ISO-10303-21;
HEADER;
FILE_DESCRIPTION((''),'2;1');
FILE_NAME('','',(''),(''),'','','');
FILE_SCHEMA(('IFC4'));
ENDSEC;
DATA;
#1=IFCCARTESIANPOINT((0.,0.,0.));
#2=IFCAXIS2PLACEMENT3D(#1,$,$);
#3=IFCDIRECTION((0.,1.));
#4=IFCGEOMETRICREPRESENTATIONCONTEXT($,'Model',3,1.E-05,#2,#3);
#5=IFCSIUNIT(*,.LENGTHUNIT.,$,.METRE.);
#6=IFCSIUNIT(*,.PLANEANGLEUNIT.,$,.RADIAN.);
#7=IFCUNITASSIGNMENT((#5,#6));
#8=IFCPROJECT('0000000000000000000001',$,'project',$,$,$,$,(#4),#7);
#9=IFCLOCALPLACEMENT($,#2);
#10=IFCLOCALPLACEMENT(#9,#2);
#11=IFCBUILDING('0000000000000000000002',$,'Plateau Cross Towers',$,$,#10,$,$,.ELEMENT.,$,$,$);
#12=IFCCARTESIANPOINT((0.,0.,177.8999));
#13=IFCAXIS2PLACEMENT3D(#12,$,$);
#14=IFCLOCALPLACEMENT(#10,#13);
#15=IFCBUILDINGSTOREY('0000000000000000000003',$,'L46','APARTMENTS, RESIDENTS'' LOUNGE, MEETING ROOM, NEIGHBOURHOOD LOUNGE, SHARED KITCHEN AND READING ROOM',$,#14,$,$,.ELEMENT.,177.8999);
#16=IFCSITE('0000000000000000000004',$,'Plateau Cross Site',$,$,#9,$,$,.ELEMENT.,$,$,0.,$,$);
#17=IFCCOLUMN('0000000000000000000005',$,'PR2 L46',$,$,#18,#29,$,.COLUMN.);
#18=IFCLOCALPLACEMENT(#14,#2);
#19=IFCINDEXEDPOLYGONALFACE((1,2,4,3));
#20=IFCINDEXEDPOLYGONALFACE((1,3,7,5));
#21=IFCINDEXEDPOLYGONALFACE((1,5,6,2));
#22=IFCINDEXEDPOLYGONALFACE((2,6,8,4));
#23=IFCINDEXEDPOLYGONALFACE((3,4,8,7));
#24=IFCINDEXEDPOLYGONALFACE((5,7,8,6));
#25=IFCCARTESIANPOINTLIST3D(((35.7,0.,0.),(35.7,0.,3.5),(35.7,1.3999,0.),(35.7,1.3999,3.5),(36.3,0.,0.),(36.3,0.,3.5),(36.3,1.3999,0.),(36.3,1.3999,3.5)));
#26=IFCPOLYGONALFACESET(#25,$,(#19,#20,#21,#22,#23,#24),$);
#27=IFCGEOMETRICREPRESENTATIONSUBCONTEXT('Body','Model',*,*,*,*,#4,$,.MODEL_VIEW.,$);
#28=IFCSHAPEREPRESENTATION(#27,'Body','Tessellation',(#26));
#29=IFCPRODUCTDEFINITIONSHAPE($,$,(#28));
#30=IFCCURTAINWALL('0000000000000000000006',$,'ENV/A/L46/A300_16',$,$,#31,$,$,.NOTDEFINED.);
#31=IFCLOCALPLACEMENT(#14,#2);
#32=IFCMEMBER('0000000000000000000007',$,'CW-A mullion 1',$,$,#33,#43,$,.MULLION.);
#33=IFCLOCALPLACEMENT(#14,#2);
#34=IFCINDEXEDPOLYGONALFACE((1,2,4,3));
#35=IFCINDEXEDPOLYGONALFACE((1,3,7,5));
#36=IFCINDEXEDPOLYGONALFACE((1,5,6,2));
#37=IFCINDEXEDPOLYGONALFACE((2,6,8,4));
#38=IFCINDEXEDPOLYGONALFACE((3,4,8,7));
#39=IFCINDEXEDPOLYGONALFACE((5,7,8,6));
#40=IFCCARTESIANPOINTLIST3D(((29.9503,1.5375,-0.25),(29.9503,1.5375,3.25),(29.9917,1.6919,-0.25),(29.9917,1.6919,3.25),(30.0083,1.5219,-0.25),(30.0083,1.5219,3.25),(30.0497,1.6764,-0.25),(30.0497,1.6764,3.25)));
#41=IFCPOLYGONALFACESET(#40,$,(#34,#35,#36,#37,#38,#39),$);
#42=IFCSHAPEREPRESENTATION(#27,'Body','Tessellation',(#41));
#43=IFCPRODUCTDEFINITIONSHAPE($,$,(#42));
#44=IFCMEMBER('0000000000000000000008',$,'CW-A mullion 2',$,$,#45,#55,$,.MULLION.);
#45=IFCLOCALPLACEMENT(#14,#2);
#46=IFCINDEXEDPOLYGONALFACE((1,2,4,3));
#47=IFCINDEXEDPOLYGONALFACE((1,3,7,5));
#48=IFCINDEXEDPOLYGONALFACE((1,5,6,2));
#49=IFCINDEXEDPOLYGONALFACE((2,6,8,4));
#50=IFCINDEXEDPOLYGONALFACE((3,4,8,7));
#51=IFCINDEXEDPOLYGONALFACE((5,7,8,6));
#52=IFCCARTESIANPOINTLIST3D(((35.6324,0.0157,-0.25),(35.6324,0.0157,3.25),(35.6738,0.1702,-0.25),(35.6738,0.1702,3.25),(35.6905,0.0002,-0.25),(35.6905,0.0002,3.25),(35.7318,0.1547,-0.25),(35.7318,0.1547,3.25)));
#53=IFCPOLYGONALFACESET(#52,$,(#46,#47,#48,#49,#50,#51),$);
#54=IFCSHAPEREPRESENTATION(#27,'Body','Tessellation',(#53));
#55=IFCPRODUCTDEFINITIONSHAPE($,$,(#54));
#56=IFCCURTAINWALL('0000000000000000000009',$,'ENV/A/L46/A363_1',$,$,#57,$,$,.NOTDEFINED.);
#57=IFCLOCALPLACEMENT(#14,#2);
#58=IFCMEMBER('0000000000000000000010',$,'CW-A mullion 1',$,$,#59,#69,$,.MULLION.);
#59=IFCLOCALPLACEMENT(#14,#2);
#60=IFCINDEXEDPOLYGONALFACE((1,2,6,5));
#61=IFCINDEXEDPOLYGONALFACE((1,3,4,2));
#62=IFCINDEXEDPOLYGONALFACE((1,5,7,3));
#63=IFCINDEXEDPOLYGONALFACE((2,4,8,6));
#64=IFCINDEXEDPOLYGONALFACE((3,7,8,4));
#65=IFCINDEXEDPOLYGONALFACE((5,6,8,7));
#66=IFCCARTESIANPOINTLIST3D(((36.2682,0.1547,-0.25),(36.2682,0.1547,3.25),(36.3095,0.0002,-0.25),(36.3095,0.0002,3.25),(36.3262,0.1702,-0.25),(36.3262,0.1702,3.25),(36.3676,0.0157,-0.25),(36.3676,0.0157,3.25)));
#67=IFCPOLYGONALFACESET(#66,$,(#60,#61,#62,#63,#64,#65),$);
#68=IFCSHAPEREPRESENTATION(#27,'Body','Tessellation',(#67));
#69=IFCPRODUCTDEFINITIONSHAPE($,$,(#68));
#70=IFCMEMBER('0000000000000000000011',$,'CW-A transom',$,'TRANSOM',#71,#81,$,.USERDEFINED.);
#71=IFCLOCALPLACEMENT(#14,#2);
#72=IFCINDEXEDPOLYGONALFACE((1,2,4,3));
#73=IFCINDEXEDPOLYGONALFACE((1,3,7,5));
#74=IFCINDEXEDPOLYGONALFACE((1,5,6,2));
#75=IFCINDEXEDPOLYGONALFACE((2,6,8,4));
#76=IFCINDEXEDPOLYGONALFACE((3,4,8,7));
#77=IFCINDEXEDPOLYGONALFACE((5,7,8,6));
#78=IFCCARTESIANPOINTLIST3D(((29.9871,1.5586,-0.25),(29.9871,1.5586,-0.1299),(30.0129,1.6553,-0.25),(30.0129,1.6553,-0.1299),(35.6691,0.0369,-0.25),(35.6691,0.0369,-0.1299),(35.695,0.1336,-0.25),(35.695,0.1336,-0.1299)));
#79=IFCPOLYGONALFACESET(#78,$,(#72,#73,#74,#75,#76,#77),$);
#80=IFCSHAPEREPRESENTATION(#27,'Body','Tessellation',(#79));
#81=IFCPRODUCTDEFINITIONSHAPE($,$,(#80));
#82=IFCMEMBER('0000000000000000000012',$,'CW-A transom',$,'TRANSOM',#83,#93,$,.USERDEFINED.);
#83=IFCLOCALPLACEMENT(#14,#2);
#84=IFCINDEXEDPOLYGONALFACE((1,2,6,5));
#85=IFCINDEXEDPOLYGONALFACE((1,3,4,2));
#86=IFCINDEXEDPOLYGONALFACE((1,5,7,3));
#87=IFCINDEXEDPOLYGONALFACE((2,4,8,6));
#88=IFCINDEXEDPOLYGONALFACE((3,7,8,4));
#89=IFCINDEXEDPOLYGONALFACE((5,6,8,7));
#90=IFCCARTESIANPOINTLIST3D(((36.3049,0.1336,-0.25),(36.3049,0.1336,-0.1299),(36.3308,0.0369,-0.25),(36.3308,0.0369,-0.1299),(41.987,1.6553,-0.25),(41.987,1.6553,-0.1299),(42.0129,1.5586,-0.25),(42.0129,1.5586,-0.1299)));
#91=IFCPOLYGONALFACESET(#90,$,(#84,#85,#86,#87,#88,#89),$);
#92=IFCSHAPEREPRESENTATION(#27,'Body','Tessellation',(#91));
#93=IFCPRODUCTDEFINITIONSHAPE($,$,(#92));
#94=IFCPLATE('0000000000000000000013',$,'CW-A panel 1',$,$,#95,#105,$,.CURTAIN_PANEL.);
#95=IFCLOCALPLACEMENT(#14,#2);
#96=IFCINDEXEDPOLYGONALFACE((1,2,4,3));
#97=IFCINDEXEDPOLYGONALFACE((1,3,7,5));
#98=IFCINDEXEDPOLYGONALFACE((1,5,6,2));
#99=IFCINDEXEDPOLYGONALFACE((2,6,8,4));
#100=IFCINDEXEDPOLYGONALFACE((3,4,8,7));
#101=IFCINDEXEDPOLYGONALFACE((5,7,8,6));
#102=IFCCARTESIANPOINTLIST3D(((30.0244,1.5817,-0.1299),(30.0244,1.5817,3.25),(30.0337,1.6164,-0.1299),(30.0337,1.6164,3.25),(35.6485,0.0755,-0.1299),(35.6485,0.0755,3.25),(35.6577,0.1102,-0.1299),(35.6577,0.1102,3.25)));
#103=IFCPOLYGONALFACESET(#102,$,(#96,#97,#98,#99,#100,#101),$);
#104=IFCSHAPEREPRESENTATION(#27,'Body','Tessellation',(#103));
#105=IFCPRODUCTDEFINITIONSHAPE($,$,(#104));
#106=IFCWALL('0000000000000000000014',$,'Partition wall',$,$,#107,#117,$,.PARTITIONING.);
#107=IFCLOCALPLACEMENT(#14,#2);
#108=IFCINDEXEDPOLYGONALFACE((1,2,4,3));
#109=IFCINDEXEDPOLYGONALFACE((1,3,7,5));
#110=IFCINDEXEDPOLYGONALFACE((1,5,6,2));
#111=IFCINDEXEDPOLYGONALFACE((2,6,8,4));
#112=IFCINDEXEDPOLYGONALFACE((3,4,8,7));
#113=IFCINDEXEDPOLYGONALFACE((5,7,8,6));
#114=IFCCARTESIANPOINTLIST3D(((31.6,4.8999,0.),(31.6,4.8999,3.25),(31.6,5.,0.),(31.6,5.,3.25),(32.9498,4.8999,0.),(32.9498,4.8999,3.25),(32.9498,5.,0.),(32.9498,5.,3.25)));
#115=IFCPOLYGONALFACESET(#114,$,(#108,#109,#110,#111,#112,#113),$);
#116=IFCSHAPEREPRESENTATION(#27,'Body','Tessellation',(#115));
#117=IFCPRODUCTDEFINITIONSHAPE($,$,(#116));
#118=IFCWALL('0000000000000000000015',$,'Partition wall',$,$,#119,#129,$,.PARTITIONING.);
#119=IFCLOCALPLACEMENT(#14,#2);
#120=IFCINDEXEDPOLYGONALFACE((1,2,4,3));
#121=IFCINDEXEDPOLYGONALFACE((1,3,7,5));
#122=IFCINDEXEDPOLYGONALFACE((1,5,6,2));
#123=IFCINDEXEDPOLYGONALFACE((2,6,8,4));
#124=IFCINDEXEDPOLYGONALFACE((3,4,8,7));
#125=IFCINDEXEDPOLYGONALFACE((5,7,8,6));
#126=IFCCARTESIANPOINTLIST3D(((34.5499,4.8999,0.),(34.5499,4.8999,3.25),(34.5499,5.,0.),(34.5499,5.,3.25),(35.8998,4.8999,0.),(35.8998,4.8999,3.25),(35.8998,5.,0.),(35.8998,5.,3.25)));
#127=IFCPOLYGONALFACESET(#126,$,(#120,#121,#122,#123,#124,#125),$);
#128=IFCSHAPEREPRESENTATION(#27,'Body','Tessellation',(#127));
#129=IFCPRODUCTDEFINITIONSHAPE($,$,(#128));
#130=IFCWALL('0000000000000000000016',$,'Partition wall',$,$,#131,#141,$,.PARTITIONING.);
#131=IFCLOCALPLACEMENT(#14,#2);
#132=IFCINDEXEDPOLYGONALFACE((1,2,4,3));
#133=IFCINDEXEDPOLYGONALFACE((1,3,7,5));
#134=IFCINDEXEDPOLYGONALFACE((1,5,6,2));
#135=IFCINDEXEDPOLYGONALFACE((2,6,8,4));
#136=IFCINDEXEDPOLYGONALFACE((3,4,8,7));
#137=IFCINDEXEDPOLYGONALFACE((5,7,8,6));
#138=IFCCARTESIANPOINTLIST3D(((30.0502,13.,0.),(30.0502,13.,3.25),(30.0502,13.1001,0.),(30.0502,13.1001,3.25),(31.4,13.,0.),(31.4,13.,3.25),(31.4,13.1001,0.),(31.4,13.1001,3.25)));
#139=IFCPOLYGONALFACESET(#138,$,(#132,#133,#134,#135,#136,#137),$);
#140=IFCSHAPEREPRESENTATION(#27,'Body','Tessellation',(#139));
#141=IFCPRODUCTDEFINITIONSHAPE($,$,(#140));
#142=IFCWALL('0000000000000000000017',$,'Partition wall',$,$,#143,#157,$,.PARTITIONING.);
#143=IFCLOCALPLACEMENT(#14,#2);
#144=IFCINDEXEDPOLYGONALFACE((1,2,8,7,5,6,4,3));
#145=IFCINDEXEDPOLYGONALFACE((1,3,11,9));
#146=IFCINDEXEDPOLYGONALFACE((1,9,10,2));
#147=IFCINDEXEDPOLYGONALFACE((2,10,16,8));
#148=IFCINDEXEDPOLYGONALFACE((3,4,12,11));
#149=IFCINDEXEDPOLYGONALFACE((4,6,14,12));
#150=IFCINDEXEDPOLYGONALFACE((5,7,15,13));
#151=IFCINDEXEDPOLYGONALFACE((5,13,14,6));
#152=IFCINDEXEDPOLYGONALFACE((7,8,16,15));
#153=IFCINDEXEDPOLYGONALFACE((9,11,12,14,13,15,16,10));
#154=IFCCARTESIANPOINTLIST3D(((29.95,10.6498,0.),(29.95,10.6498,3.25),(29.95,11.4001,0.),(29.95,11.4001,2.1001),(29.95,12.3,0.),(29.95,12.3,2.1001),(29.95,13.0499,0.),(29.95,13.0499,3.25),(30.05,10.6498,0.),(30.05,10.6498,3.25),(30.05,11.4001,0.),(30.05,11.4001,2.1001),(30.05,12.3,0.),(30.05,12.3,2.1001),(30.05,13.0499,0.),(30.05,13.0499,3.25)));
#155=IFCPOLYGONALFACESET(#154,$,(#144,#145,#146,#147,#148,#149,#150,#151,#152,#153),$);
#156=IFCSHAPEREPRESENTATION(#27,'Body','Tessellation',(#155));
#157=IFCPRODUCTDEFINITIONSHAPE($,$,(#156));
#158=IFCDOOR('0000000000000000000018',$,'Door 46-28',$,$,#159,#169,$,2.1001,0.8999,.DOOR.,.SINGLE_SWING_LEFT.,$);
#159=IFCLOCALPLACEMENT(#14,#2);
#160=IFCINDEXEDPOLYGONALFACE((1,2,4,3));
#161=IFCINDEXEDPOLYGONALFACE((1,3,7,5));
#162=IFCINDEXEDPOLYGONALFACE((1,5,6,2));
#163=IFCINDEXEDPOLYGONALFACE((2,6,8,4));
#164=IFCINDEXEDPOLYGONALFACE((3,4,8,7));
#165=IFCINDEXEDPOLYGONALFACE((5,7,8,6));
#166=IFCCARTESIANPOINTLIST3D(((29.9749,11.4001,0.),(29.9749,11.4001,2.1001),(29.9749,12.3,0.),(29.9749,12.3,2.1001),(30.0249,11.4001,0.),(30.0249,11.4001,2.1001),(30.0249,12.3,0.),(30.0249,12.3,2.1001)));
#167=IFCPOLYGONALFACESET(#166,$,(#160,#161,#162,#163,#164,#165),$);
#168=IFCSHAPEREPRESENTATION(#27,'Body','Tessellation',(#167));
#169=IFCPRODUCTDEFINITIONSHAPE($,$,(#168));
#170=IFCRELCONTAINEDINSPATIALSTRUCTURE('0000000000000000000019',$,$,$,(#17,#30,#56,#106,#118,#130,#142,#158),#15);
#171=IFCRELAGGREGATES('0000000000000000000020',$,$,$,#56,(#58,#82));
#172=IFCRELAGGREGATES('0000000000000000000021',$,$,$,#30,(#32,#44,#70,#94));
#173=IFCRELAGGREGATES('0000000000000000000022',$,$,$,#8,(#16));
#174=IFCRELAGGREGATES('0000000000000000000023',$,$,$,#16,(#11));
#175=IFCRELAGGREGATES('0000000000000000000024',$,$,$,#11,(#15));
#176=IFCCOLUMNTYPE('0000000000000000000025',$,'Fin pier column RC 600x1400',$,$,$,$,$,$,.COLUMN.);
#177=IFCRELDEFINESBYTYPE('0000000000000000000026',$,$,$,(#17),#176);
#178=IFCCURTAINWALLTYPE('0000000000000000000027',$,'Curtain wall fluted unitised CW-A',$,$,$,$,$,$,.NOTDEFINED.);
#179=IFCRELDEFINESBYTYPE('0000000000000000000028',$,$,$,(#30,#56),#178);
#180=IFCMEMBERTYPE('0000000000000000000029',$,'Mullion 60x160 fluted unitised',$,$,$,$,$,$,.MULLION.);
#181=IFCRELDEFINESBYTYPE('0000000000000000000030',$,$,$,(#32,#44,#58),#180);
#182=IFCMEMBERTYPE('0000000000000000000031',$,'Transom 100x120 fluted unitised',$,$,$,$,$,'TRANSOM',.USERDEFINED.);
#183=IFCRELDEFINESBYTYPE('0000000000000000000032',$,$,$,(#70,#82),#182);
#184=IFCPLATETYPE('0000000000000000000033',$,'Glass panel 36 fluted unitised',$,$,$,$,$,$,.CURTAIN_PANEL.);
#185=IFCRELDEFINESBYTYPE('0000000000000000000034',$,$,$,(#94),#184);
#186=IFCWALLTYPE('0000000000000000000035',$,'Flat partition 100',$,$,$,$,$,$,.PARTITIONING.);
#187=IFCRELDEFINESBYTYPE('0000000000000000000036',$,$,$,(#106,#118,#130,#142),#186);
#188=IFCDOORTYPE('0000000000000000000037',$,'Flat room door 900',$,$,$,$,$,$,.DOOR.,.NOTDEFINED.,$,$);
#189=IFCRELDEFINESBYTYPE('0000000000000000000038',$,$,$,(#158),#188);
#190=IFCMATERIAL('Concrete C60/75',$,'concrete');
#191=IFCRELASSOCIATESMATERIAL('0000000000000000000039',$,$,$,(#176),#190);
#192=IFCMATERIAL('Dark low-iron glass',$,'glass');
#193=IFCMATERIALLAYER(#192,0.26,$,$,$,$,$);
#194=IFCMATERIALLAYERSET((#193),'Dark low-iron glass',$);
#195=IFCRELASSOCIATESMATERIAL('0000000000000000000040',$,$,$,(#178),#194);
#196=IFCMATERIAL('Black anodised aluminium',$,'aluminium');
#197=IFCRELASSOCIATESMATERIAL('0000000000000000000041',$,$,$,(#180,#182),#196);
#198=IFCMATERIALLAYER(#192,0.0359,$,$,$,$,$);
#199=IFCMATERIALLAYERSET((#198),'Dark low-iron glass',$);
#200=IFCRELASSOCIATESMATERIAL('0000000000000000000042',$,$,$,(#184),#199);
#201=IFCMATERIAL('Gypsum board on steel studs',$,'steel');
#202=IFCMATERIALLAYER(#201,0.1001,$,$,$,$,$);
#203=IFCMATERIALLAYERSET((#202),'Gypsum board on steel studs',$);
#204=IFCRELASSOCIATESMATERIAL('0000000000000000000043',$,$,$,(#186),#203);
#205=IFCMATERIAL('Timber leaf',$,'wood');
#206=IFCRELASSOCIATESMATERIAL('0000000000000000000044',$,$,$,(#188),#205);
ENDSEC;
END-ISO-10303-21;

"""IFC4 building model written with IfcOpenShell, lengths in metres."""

from ifc_helpers import new_model, si_unit, direction, frame, frame_2d, origin, origin_2d, place, context, subcontext, project, spatial, rectangle, extrude, material, layer, layer_set, material_profile, profile_set, type_object, element, fill, aggregate, save


model = new_model("IFC4")

# Units and contexts
model_context = context("Model", 3, precision=1e-05, world=origin(), true_north=direction((0.0, 1.0)))
body_context = subcontext(model_context, "Body", "Model", "MODEL_VIEW")
ifc_project = project(units=[si_unit("LENGTHUNIT", "METRE"), si_unit("PLANEANGLEUNIT", "RADIAN")], contexts=[model_context])

# Site, building, storey
site_placement = place(None, origin())
site = spatial("IfcSite", under=ifc_project, at=site_placement, Name="Plateau Cross Site", CompositionType="ELEMENT", RefElevation=0.0)
building_placement = place(site_placement, origin())
building = spatial("IfcBuilding", under=site, at=building_placement, Name="Plateau Cross Towers", CompositionType="ELEMENT")
storey_placement = place(building_placement, frame((0.0, 0.0, 177.8999)))
storey = spatial("IfcBuildingStorey", under=building, at=storey_placement, Name="L46", Description="APARTMENTS, RESIDENTS' LOUNGE, MEETING ROOM, NEIGHBOURHOOD LOUNGE, SHARED KITCHEN AND READING ROOM", CompositionType="ELEMENT", Elevation=177.8999)

# Column
ifc_material_1 = material(Name="Concrete C60/75", Category="concrete")
ifc_material_profile_1 = material_profile(ifc_material_1, rectangle(XDim=0.6001, YDim=1.3999, at=origin_2d()), Name="RC 600x1400")
ifc_profile_set_1 = profile_set([ifc_material_profile_1], Name="Concrete C60/75")
column_type = type_object("IfcColumnType", Name="Fin pier column RC 600x1400", PredefinedType="COLUMN", material=ifc_profile_set_1)
column_placement = place(storey_placement, frame((36.0, 0.7, 0.0), z_axis=(0.0, 0.0, 1.0), x_axis=(1.0, 0.0, 0.0)))
element("IfcColumn", 1, at=column_placement, inside=storey, type_object=column_type, Name="PR2 L46", PredefinedType="COLUMN", context=body_context, shape_type="SweptSolid", body=[
    extrude(rectangle(XDim=0.6001, YDim=1.3999, at=origin_2d()), origin(), (0.0, 0.0, 1.0), 3.5),
])

# Curtain wall, members
ifc_material_2 = material(Name="Dark low-iron glass", Category="glass")
ifc_layer_1 = layer(ifc_material_2, 0.26)
ifc_layer_set_1 = layer_set([ifc_layer_1], Name="Dark low-iron glass")
curtain_wall_type = type_object("IfcCurtainWallType", Name="Curtain wall fluted unitised CW-A", PredefinedType="NOTDEFINED", material=ifc_layer_set_1)
curtain_wall_1_placement = place(storey_placement, origin())
curtain_wall_1 = element("IfcCurtainWall", 2, at=curtain_wall_1_placement, inside=storey, type_object=curtain_wall_type, Name="ENV/A/L46/A300_16", PredefinedType="NOTDEFINED")
ifc_material_3 = material(Name="Black anodised aluminium", Category="aluminium")
ifc_material_profile_2 = material_profile(ifc_material_3, rectangle(XDim=0.0601, YDim=0.1599, at=origin_2d()), Name="MULLION 60x160")
ifc_profile_set_2 = profile_set([ifc_material_profile_2], Name="Black anodised aluminium")
member_type_1 = type_object("IfcMemberType", Name="Mullion 60x160 fluted unitised", PredefinedType="MULLION", material=ifc_profile_set_2)
member_1_placement = place(storey_placement, frame((30.0, 1.6069, -0.25), z_axis=(0.0, 0.0, 1.0), x_axis=(0.965958, -0.258699, 0.0)))
member_1 = element("IfcMember", 3, at=member_1_placement, type_object=member_type_1, Name="CW-A mullion 1", PredefinedType="MULLION", context=body_context, shape_type="SweptSolid", body=[
    extrude(rectangle(XDim=0.0601, YDim=0.1599, at=origin_2d()), origin(), (0.0, 0.0, 1.0), 3.5),
])
member_2_placement = place(storey_placement, frame((35.6821, 0.0852, -0.25), z_axis=(0.0, 0.0, 1.0), x_axis=(0.965958, -0.258699, 0.0)))
member_2 = element("IfcMember", 4, at=member_2_placement, type_object=member_type_1, Name="CW-A mullion 2", PredefinedType="MULLION", context=body_context, shape_type="SweptSolid", body=[
    extrude(rectangle(XDim=0.0601, YDim=0.1599, at=origin_2d()), origin(), (0.0, 0.0, 1.0), 3.5),
])

# Curtain wall, member
curtain_wall_2_placement = place(storey_placement, origin())
curtain_wall_2 = element("IfcCurtainWall", 5, at=curtain_wall_2_placement, inside=storey, type_object=curtain_wall_type, Name="ENV/A/L46/A363_1", PredefinedType="NOTDEFINED")
member_3_placement = place(storey_placement, frame((36.3179, 0.0852, -0.25), z_axis=(0.0, 0.0, 1.0), x_axis=(0.965958, 0.258699, 0.0)))
member_3 = element("IfcMember", 6, at=member_3_placement, type_object=member_type_1, Name="CW-A mullion 1", PredefinedType="MULLION", context=body_context, shape_type="SweptSolid", body=[
    extrude(rectangle(XDim=0.0601, YDim=0.1599, at=origin_2d()), origin(), (0.0, 0.0, 1.0), 3.5),
])

# Members
ifc_material_profile_3 = material_profile(ifc_material_3, rectangle(XDim=0.1001, YDim=0.1201, at=origin_2d()), Name="TRANSOM 100x120")
ifc_profile_set_3 = profile_set([ifc_material_profile_3], Name="Black anodised aluminium")
member_type_2 = type_object("IfcMemberType", Name="Transom 100x120 fluted unitised", ElementType="TRANSOM", PredefinedType="USERDEFINED", material=ifc_profile_set_3)
member_4_placement = place(storey_placement, frame((30.0, 1.6069, -0.1899), z_axis=(0.96596, -0.258693, 0.0), x_axis=(0.258693, 0.96596, 0.0)))
member_4 = element("IfcMember", 7, at=member_4_placement, type_object=member_type_2, Name="CW-A transom", ObjectType="TRANSOM", PredefinedType="USERDEFINED", context=body_context, shape_type="SweptSolid", body=[
    extrude(rectangle(XDim=0.1001, YDim=0.1201, at=origin_2d()), origin(), (0.0, 0.0, 1.0), 5.8823),
])
member_5_placement = place(storey_placement, frame((36.3179, 0.0852, -0.1899), z_axis=(0.96596, 0.258693, 0.0), x_axis=(-0.258693, 0.96596, 0.0)))
member_5 = element("IfcMember", 8, at=member_5_placement, type_object=member_type_2, Name="CW-A transom", ObjectType="TRANSOM", PredefinedType="USERDEFINED", context=body_context, shape_type="SweptSolid", body=[
    extrude(rectangle(XDim=0.1001, YDim=0.1201, at=origin_2d()), origin(), (0.0, 0.0, 1.0), 5.8823),
])
aggregate(curtain_wall_2, [member_3, member_5])

# Plate
ifc_layer_2 = layer(ifc_material_2, 0.0359)
ifc_layer_set_2 = layer_set([ifc_layer_2], Name="Dark low-iron glass")
plate_type = type_object("IfcPlateType", Name="Glass panel 36 fluted unitised", PredefinedType="CURTAIN_PANEL", material=ifc_layer_set_2)
plate_placement = place(storey_placement, frame((32.8411, 0.8459, -0.1299), z_axis=(0.0, 0.0, 1.0), x_axis=(0.965958, -0.258699, 0.0)))
plate = element("IfcPlate", 9, at=plate_placement, type_object=plate_type, Name="CW-A panel 1", PredefinedType="CURTAIN_PANEL", context=body_context, shape_type="SweptSolid", body=[
    extrude(rectangle(XDim=5.8223, YDim=0.0359, at=origin_2d()), origin(), (0.0, 0.0, 1.0), 3.3799),
])
aggregate(curtain_wall_1, [member_1, member_2, member_4, plate])

# Walls
ifc_material_4 = material(Name="Gypsum board on steel studs", Category="steel")
ifc_layer_3 = layer(ifc_material_4, 0.1001)
ifc_layer_set_3 = layer_set([ifc_layer_3], Name="Gypsum board on steel studs")
wall_type_1 = type_object("IfcWallType", Name="Flat partition 100", PredefinedType="PARTITIONING", material=ifc_layer_set_3)
for number, where, z_axis, x_axis, name in (
    (10, (31.6001, 4.95, 0.0), (0.0, 0.0, 1.0), (1.0, 0.0, 0.0), "Partition wall"),
    (11, (34.55, 4.95, 0.0), (0.0, 0.0, 1.0), (1.0, 0.0, 0.0), "Partition wall"),
    (12, (31.3999, 13.05, 0.0), (0.0, 0.0, 1.0), (-1.0, 0.0, 0.0), "Partition wall"),
):
    element("IfcWall", number, at=place(storey_placement, frame(where, z_axis=z_axis, x_axis=x_axis)), inside=storey, type_object=wall_type_1, Name=name, PredefinedType="PARTITIONING", context=body_context, shape_type="SweptSolid", body=[
        extrude(rectangle(XDim=1.3499, YDim=0.1001, at=frame_2d((0.6748, 0.0))), origin(), (0.0, 0.0, 1.0), 3.25),
    ])

# Wall, opening, door
wall_1_placement = place(storey_placement, frame((30.0, 13.05, 0.0), z_axis=(0.0, 0.0, 1.0), x_axis=(0.0, -1.0, 0.0)))
wall_1 = element("IfcWall", 13, at=wall_1_placement, inside=storey, type_object=wall_type_1, Name="Partition wall", PredefinedType="PARTITIONING", context=body_context, shape_type="SweptSolid", body=[
    extrude(rectangle(XDim=2.4001, YDim=0.1001, at=frame_2d((1.2002, 0.0))), origin(), (0.0, 0.0, 1.0), 3.25),
])
opening_1_placement = place(wall_1_placement, frame((0.75, 0.0, 0.0)))
opening_1 = element("IfcOpeningElement", 14, at=opening_1_placement, cuts=wall_1, PredefinedType="OPENING", context=body_context, shape_type="SweptSolid", body=[
    extrude(rectangle(XDim=0.8999, YDim=2.1001, at=frame_2d((0.45, 1.05))), frame((0.0, 0.0601, 0.0), z_axis=(0.0, -1.0, 0.0), x_axis=(1.0, 0.0, 0.0)), (0.0, 0.0, 1.0), 0.1201),
])
ifc_material_5 = material(Name="Timber leaf", Category="wood")
door_type_1 = type_object("IfcDoorType", Name="Flat room door 900", OperationType="NOTDEFINED", PredefinedType="DOOR", material=ifc_material_5)
door_1_placement = place(opening_1_placement, origin())
door_1 = element("IfcDoor", 15, at=door_1_placement, inside=storey, type_object=door_type_1, Name="Door 46-28", OperationType="SINGLE_SWING_LEFT", OverallHeight=2.1001, OverallWidth=0.8999, PredefinedType="DOOR", context=body_context, shape_type="SweptSolid", body=[
    extrude(rectangle(XDim=0.8999, YDim=2.1001, at=frame_2d((0.45, 1.05))), frame((0.0, 0.0249, 0.0), z_axis=(0.0, -1.0, 0.0), x_axis=(1.0, 0.0, 0.0)), (0.0, 0.0, 1.0), 0.05),
])
fill(opening_1, door_1)

save(model, "model.ifc")
